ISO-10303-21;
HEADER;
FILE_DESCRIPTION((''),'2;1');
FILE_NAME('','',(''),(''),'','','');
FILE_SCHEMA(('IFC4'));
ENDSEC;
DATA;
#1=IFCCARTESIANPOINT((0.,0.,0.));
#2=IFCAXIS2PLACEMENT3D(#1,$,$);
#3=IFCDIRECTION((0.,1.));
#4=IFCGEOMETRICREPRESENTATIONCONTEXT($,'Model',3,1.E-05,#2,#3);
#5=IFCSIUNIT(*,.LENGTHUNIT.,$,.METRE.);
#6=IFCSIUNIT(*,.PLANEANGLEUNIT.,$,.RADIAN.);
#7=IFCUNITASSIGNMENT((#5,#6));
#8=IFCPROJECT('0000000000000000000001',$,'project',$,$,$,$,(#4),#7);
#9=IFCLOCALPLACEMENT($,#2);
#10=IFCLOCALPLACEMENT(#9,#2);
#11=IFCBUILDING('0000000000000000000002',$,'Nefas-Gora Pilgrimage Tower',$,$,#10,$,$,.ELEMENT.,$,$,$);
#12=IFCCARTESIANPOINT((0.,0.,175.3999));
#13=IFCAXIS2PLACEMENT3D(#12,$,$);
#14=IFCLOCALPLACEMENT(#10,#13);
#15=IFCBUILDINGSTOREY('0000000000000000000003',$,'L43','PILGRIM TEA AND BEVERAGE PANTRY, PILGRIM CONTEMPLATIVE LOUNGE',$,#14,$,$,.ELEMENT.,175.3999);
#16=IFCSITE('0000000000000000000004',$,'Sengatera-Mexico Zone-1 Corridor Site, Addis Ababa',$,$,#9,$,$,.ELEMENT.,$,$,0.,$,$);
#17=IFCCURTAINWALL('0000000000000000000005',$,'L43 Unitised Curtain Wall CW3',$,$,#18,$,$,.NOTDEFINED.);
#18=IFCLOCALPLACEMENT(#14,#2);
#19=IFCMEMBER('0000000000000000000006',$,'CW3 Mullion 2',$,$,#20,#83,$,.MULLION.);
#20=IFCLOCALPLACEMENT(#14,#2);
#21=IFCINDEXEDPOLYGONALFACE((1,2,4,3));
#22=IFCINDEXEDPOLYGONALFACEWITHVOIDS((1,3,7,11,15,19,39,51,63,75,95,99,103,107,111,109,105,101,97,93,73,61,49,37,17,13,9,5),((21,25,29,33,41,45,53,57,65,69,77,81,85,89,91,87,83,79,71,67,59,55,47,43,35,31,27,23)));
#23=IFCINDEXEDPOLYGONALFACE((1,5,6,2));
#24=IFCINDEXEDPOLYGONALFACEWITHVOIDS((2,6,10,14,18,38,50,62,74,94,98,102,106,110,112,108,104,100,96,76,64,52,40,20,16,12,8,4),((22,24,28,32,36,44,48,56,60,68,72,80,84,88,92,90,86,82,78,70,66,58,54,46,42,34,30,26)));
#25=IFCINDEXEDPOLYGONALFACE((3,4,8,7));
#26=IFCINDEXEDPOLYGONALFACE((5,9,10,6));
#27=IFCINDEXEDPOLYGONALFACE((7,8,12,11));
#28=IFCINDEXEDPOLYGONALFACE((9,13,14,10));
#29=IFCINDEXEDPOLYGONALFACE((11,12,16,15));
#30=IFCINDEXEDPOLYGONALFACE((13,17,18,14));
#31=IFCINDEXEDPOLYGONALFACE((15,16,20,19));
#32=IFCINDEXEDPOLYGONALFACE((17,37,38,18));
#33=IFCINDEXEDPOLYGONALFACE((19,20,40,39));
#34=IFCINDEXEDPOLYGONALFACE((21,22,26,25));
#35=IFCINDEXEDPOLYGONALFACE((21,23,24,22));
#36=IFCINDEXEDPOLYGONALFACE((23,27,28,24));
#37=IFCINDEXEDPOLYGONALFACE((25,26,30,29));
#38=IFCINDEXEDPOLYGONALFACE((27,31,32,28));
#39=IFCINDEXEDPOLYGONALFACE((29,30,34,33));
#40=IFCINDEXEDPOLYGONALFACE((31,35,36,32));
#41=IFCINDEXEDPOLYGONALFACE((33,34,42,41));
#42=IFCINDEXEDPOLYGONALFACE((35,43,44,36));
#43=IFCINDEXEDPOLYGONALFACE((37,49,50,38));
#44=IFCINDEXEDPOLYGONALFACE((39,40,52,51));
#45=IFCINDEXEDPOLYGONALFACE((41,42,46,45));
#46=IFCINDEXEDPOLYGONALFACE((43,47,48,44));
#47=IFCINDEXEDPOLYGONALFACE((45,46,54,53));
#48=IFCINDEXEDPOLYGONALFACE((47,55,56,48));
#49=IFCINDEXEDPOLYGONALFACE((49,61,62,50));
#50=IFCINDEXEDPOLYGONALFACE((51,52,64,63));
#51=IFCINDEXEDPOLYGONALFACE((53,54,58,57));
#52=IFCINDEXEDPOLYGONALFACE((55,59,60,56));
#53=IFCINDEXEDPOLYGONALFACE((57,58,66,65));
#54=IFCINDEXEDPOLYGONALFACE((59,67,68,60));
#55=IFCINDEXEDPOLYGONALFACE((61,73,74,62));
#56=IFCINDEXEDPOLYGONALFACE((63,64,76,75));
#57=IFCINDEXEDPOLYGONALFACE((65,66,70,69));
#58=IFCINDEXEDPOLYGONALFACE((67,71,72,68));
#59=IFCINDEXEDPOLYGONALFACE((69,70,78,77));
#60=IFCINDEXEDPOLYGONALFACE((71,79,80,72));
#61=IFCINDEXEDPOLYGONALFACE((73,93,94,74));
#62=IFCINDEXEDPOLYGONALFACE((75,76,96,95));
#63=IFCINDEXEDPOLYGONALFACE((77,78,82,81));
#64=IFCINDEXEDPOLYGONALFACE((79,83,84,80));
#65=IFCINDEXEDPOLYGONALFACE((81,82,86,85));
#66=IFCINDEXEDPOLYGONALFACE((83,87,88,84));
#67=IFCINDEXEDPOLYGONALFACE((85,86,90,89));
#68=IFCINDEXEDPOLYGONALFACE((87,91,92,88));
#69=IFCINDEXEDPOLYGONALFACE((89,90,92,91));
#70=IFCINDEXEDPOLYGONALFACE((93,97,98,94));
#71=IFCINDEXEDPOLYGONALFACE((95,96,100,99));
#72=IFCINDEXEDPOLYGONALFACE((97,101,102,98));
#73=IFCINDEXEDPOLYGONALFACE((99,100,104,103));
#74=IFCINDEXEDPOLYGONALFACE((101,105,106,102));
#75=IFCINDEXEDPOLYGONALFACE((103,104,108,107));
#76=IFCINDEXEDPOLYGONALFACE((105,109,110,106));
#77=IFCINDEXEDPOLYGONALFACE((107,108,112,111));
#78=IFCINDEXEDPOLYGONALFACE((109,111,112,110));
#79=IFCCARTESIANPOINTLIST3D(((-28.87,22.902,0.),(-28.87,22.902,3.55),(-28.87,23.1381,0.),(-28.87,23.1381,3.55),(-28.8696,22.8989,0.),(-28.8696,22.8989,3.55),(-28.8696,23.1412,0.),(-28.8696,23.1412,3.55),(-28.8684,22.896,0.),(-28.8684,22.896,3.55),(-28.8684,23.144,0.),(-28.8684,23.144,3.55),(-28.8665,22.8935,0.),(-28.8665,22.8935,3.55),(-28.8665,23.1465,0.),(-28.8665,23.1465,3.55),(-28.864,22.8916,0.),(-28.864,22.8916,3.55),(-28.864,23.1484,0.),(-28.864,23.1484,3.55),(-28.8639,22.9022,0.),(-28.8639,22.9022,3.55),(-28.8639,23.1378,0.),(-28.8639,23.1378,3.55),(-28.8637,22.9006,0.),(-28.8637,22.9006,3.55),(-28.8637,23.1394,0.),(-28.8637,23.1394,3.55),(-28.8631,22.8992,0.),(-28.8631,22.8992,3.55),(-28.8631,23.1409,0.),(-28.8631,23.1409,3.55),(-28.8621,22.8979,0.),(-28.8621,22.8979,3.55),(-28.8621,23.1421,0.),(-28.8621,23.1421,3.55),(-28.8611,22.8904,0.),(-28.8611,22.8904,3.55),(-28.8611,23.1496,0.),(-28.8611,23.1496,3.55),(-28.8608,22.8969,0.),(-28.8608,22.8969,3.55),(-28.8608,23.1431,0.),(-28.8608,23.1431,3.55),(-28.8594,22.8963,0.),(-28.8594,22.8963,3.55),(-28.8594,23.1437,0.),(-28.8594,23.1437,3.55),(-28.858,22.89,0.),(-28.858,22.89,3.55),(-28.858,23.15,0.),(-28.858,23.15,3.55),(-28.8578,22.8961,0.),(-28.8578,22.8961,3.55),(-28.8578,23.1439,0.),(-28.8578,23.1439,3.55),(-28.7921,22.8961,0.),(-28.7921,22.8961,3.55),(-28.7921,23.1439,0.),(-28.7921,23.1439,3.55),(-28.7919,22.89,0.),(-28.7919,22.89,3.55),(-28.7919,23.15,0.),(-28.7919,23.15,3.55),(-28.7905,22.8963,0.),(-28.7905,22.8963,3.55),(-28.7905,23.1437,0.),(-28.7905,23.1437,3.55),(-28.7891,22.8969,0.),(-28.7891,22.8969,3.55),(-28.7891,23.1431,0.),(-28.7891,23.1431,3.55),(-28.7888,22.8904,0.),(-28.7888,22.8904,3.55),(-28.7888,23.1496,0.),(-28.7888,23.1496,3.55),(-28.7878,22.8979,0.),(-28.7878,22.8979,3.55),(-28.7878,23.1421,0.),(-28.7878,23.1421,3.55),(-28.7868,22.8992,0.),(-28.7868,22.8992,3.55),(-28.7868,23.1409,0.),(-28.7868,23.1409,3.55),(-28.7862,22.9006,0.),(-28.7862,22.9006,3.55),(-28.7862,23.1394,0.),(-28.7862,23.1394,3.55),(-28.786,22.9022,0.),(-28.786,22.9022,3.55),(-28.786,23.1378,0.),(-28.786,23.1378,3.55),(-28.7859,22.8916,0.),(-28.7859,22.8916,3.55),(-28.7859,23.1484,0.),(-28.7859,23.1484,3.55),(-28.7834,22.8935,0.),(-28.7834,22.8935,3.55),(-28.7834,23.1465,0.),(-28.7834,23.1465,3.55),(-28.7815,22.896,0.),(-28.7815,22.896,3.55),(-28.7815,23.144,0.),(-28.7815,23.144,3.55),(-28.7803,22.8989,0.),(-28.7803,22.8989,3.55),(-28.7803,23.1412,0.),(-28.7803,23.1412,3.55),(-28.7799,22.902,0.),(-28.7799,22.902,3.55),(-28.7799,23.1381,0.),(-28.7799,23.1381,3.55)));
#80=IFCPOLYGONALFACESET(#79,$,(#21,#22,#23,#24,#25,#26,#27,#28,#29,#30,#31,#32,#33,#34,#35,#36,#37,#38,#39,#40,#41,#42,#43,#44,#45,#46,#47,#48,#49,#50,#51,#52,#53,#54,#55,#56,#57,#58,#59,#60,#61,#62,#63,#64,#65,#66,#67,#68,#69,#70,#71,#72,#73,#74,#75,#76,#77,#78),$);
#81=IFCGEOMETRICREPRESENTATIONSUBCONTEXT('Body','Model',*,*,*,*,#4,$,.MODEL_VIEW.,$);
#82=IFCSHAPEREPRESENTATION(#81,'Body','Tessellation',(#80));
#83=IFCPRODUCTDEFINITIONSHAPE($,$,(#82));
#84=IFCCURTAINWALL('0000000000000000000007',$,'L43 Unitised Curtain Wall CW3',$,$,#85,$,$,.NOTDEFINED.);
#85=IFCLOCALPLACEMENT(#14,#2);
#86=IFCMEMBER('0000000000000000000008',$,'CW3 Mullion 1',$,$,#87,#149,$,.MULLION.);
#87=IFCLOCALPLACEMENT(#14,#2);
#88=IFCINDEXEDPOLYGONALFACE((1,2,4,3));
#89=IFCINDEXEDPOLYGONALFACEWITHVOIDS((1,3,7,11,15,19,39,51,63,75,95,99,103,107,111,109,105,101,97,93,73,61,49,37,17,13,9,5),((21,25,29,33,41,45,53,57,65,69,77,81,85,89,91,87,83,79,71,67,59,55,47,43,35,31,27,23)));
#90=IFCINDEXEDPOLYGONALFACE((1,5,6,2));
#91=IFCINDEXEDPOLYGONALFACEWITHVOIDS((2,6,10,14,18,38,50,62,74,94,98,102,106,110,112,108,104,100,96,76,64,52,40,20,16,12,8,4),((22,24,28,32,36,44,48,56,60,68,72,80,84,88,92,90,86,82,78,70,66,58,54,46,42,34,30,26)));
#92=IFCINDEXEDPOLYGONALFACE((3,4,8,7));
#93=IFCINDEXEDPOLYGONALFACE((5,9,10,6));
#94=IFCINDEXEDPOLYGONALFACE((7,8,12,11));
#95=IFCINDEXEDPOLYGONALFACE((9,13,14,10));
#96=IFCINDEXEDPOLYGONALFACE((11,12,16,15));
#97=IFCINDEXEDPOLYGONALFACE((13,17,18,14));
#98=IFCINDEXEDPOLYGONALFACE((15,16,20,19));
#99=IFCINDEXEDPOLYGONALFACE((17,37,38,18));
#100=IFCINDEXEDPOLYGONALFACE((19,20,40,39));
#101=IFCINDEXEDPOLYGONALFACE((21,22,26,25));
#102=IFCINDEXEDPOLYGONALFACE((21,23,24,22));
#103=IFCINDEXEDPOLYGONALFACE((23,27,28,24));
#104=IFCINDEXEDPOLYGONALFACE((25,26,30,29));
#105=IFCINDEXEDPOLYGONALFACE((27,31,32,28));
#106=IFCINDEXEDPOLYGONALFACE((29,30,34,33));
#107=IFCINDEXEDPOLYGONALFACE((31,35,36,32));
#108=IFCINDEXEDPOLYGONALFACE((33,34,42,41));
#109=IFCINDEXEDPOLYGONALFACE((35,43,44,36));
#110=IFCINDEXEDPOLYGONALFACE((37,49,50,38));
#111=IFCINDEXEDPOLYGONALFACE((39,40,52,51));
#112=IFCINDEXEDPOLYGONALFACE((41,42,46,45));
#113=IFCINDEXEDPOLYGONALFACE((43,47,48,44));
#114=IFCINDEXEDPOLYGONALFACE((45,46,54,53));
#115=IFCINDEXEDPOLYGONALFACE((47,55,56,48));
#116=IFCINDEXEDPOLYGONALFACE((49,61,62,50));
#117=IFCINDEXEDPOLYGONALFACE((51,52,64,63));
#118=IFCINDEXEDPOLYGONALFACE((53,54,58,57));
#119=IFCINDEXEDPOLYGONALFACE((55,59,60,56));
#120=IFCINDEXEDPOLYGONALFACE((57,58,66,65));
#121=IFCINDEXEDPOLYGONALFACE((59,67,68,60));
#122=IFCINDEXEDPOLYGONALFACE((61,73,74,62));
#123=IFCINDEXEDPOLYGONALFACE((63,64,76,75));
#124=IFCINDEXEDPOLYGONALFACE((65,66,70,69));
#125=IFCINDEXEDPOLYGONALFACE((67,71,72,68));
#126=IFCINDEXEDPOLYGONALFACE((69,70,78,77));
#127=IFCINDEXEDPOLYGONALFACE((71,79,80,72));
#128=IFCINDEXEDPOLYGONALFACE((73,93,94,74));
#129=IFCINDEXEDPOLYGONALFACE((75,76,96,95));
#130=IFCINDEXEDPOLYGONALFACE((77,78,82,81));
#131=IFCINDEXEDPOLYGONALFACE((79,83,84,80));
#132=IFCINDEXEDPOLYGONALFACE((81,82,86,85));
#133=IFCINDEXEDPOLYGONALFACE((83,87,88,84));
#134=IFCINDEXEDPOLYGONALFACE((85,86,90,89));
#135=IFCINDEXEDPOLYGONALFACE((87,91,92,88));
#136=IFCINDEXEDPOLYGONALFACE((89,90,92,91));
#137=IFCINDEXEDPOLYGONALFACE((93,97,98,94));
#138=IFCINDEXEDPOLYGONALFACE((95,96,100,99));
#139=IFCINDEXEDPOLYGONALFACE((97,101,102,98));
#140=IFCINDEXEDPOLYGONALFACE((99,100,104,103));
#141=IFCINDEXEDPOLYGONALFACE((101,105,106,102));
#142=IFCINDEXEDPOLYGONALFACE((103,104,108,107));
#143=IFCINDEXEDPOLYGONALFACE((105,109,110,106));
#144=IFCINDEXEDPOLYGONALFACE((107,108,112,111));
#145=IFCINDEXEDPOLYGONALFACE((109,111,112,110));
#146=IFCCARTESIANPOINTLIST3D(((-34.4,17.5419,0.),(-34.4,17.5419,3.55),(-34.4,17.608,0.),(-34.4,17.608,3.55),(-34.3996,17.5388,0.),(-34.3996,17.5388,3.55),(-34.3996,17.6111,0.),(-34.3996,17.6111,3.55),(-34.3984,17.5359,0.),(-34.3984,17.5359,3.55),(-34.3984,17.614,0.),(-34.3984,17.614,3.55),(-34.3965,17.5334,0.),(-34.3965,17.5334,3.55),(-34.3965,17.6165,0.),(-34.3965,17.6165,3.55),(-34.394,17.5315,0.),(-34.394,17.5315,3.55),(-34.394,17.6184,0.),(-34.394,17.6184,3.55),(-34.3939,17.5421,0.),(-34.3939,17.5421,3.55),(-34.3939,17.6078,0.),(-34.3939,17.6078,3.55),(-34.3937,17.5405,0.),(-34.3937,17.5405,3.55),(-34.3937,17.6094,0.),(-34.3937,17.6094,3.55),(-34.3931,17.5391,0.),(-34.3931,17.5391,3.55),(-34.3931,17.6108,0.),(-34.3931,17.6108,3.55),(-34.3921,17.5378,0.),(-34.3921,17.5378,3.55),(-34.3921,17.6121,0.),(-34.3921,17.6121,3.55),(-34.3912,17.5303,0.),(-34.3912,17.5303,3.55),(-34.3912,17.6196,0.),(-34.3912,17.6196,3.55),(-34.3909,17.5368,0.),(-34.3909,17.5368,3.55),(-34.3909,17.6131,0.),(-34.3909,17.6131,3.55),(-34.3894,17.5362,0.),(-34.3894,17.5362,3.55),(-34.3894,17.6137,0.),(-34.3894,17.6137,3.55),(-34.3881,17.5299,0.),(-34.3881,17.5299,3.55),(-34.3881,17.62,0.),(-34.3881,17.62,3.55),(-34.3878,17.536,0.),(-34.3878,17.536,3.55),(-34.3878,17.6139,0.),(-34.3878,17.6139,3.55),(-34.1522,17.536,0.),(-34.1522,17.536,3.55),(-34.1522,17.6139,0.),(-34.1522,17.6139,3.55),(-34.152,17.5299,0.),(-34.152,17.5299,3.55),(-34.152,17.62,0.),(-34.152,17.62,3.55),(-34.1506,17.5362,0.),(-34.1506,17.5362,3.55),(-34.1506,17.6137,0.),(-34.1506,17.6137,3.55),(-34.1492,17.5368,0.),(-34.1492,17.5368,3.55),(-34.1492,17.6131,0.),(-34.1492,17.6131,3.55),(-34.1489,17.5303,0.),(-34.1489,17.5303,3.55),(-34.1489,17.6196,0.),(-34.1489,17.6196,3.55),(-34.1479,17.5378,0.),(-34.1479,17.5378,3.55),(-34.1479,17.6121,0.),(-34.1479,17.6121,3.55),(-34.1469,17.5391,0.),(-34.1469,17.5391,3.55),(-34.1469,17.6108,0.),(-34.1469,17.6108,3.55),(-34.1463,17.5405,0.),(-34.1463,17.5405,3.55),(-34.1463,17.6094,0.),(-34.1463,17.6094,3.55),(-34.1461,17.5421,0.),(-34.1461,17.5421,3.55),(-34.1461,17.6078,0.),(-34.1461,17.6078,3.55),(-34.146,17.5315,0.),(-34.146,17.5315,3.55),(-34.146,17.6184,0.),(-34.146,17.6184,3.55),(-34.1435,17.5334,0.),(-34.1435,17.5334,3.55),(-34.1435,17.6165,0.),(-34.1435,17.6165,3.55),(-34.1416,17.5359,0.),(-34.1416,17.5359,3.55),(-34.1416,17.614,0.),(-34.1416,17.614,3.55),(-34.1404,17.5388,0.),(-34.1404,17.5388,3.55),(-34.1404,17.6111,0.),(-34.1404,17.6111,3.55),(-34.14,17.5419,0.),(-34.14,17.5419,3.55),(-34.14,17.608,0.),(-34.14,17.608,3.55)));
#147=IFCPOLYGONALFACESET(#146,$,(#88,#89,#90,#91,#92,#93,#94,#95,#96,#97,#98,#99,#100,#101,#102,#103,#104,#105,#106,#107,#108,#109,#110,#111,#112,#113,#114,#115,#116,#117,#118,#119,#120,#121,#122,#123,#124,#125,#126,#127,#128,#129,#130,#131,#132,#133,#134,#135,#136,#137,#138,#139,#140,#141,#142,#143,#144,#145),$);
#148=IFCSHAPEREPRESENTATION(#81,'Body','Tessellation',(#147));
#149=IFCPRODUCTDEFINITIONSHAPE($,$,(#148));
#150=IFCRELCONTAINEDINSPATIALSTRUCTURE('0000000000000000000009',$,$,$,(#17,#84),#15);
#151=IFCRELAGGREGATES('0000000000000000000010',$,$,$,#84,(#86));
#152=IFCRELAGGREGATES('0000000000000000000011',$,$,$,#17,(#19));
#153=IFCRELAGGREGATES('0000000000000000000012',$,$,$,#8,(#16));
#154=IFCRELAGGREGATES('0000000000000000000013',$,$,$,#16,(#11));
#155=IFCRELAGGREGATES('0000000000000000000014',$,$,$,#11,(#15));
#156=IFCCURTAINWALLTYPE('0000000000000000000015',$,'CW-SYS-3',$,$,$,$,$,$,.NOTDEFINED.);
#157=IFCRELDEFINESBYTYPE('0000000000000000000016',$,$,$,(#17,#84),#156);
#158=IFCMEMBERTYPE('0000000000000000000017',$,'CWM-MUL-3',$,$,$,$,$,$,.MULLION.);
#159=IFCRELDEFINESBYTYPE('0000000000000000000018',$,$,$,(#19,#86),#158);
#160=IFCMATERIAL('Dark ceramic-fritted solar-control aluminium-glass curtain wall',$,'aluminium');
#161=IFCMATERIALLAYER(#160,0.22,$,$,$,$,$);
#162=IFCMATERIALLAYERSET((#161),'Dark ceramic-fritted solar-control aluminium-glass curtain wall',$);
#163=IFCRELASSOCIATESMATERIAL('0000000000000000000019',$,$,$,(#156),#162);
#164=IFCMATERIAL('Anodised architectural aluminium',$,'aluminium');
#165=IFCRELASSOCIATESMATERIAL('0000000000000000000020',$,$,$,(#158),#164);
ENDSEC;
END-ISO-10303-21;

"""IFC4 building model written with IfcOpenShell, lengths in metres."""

from ifc_helpers import new_model, si_unit, direction, frame, origin, origin_2d, place, context, subcontext, project, spatial, hollow_rectangle, extrude, source, transform, mapped, material, layer, layer_set, material_profile, profile_set, type_object, element, aggregate, save


model = new_model("IFC4")

# Units and contexts
model_context = context("Model", 3, precision=1e-05, world=origin(), true_north=direction((0.0, 1.0)))
body_context = subcontext(model_context, "Body", "Model", "MODEL_VIEW")
ifc_project = project(units=[si_unit("LENGTHUNIT", "METRE"), si_unit("PLANEANGLEUNIT", "RADIAN")], contexts=[model_context])

# Site, building, storey
site_placement = place(None, origin())
site = spatial("IfcSite", under=ifc_project, at=site_placement, Name="Sengatera-Mexico Zone-1 Corridor Site, Addis Ababa", CompositionType="ELEMENT", RefElevation=0.0)
building_placement = place(site_placement, origin())
building = spatial("IfcBuilding", under=site, at=building_placement, Name="Nefas-Gora Pilgrimage Tower", CompositionType="ELEMENT")
storey_placement = place(building_placement, frame((0.0, 0.0, 175.3999)))
storey = spatial("IfcBuildingStorey", under=building, at=storey_placement, Name="L43", Description="PILGRIM TEA AND BEVERAGE PANTRY, PILGRIM CONTEMPLATIVE LOUNGE", CompositionType="ELEMENT", Elevation=175.3999)

# Shared definitions
ifc_material_1 = material(Name="Dark ceramic-fritted solar-control aluminium-glass curtain wall", Category="aluminium")
ifc_material_2 = material(Name="Anodised architectural aluminium", Category="aluminium")

# Curtain wall, member
ifc_layer_1 = layer(ifc_material_1, 0.22)
ifc_layer_set_1 = layer_set([ifc_layer_1], Name="Dark ceramic-fritted solar-control aluminium-glass curtain wall")
curtain_wall_type_1 = type_object("IfcCurtainWallType", Name="CW-SYS-3", PredefinedType="NOTDEFINED", material=ifc_layer_set_1)
curtain_wall_1_placement = place(storey_placement, origin())
curtain_wall_1 = element("IfcCurtainWall", 1, at=curtain_wall_1_placement, inside=storey, type_object=curtain_wall_type_1, Name="L43 Unitised Curtain Wall CW3", PredefinedType="NOTDEFINED")
ifc_material_profile_1 = material_profile(ifc_material_2, hollow_rectangle(XDim=0.0901, YDim=0.26, WallThickness=0.0061, InnerFilletRadius=0.0061, OuterFilletRadius=0.012, at=origin_2d()), Name="ALU MULLION 90x260")
ifc_profile_set_1 = profile_set([ifc_material_profile_1], Name="Anodised architectural aluminium")
member_type_1 = type_object("IfcMemberType", Name="CWM-MUL-3", PredefinedType="MULLION", material=ifc_profile_set_1)
shared_shape_1 = source(origin(), body_context, "Body", "SweptSolid", [
    extrude(hollow_rectangle(XDim=0.0901, YDim=0.26, WallThickness=0.0061, InnerFilletRadius=0.0061, OuterFilletRadius=0.012, at=origin_2d()), origin(), (0.0, 0.0, 1.0), 3.55),
])
member_1_placement = place(storey_placement, frame((-28.825, 23.02, 0.0), z_axis=(0.0, 0.0, 1.0), x_axis=(-1.0, 0.0, 0.0)))
member_1 = element("IfcMember", 2, at=member_1_placement, type_object=member_type_1, Name="CW3 Mullion 2", PredefinedType="MULLION", context=body_context, shape_type="MappedRepresentation", body=[
    mapped(shared_shape_1, transform((0.0, 0.0, 0.0), x_axis=(1.0, 0.0, 0.0), y_axis=(0.0, 1.0, 0.0), z_axis=(0.0, 0.0, 1.0), scale=1.0)),
])

# Curtain wall, member
curtain_wall_2_placement = place(storey_placement, origin())
curtain_wall_2 = element("IfcCurtainWall", 3, at=curtain_wall_2_placement, inside=storey, type_object=curtain_wall_type_1, Name="L43 Unitised Curtain Wall CW3", PredefinedType="NOTDEFINED")
member_2_placement = place(storey_placement, frame((-34.27, 17.575, 0.0), z_axis=(0.0, 0.0, 1.0), x_axis=(0.0, -1.0, 0.0)))
member_2 = element("IfcMember", 4, at=member_2_placement, type_object=member_type_1, Name="CW3 Mullion 1", PredefinedType="MULLION", context=body_context, shape_type="MappedRepresentation", body=[
    mapped(shared_shape_1, transform((0.0, 0.0, 0.0), x_axis=(1.0, 0.0, 0.0), y_axis=(0.0, 1.0, 0.0), z_axis=(0.0, 0.0, 1.0), scale=1.0)),
])

aggregate(curtain_wall_2, [member_2])

aggregate(curtain_wall_1, [member_1])

save(model, "model.ifc")
